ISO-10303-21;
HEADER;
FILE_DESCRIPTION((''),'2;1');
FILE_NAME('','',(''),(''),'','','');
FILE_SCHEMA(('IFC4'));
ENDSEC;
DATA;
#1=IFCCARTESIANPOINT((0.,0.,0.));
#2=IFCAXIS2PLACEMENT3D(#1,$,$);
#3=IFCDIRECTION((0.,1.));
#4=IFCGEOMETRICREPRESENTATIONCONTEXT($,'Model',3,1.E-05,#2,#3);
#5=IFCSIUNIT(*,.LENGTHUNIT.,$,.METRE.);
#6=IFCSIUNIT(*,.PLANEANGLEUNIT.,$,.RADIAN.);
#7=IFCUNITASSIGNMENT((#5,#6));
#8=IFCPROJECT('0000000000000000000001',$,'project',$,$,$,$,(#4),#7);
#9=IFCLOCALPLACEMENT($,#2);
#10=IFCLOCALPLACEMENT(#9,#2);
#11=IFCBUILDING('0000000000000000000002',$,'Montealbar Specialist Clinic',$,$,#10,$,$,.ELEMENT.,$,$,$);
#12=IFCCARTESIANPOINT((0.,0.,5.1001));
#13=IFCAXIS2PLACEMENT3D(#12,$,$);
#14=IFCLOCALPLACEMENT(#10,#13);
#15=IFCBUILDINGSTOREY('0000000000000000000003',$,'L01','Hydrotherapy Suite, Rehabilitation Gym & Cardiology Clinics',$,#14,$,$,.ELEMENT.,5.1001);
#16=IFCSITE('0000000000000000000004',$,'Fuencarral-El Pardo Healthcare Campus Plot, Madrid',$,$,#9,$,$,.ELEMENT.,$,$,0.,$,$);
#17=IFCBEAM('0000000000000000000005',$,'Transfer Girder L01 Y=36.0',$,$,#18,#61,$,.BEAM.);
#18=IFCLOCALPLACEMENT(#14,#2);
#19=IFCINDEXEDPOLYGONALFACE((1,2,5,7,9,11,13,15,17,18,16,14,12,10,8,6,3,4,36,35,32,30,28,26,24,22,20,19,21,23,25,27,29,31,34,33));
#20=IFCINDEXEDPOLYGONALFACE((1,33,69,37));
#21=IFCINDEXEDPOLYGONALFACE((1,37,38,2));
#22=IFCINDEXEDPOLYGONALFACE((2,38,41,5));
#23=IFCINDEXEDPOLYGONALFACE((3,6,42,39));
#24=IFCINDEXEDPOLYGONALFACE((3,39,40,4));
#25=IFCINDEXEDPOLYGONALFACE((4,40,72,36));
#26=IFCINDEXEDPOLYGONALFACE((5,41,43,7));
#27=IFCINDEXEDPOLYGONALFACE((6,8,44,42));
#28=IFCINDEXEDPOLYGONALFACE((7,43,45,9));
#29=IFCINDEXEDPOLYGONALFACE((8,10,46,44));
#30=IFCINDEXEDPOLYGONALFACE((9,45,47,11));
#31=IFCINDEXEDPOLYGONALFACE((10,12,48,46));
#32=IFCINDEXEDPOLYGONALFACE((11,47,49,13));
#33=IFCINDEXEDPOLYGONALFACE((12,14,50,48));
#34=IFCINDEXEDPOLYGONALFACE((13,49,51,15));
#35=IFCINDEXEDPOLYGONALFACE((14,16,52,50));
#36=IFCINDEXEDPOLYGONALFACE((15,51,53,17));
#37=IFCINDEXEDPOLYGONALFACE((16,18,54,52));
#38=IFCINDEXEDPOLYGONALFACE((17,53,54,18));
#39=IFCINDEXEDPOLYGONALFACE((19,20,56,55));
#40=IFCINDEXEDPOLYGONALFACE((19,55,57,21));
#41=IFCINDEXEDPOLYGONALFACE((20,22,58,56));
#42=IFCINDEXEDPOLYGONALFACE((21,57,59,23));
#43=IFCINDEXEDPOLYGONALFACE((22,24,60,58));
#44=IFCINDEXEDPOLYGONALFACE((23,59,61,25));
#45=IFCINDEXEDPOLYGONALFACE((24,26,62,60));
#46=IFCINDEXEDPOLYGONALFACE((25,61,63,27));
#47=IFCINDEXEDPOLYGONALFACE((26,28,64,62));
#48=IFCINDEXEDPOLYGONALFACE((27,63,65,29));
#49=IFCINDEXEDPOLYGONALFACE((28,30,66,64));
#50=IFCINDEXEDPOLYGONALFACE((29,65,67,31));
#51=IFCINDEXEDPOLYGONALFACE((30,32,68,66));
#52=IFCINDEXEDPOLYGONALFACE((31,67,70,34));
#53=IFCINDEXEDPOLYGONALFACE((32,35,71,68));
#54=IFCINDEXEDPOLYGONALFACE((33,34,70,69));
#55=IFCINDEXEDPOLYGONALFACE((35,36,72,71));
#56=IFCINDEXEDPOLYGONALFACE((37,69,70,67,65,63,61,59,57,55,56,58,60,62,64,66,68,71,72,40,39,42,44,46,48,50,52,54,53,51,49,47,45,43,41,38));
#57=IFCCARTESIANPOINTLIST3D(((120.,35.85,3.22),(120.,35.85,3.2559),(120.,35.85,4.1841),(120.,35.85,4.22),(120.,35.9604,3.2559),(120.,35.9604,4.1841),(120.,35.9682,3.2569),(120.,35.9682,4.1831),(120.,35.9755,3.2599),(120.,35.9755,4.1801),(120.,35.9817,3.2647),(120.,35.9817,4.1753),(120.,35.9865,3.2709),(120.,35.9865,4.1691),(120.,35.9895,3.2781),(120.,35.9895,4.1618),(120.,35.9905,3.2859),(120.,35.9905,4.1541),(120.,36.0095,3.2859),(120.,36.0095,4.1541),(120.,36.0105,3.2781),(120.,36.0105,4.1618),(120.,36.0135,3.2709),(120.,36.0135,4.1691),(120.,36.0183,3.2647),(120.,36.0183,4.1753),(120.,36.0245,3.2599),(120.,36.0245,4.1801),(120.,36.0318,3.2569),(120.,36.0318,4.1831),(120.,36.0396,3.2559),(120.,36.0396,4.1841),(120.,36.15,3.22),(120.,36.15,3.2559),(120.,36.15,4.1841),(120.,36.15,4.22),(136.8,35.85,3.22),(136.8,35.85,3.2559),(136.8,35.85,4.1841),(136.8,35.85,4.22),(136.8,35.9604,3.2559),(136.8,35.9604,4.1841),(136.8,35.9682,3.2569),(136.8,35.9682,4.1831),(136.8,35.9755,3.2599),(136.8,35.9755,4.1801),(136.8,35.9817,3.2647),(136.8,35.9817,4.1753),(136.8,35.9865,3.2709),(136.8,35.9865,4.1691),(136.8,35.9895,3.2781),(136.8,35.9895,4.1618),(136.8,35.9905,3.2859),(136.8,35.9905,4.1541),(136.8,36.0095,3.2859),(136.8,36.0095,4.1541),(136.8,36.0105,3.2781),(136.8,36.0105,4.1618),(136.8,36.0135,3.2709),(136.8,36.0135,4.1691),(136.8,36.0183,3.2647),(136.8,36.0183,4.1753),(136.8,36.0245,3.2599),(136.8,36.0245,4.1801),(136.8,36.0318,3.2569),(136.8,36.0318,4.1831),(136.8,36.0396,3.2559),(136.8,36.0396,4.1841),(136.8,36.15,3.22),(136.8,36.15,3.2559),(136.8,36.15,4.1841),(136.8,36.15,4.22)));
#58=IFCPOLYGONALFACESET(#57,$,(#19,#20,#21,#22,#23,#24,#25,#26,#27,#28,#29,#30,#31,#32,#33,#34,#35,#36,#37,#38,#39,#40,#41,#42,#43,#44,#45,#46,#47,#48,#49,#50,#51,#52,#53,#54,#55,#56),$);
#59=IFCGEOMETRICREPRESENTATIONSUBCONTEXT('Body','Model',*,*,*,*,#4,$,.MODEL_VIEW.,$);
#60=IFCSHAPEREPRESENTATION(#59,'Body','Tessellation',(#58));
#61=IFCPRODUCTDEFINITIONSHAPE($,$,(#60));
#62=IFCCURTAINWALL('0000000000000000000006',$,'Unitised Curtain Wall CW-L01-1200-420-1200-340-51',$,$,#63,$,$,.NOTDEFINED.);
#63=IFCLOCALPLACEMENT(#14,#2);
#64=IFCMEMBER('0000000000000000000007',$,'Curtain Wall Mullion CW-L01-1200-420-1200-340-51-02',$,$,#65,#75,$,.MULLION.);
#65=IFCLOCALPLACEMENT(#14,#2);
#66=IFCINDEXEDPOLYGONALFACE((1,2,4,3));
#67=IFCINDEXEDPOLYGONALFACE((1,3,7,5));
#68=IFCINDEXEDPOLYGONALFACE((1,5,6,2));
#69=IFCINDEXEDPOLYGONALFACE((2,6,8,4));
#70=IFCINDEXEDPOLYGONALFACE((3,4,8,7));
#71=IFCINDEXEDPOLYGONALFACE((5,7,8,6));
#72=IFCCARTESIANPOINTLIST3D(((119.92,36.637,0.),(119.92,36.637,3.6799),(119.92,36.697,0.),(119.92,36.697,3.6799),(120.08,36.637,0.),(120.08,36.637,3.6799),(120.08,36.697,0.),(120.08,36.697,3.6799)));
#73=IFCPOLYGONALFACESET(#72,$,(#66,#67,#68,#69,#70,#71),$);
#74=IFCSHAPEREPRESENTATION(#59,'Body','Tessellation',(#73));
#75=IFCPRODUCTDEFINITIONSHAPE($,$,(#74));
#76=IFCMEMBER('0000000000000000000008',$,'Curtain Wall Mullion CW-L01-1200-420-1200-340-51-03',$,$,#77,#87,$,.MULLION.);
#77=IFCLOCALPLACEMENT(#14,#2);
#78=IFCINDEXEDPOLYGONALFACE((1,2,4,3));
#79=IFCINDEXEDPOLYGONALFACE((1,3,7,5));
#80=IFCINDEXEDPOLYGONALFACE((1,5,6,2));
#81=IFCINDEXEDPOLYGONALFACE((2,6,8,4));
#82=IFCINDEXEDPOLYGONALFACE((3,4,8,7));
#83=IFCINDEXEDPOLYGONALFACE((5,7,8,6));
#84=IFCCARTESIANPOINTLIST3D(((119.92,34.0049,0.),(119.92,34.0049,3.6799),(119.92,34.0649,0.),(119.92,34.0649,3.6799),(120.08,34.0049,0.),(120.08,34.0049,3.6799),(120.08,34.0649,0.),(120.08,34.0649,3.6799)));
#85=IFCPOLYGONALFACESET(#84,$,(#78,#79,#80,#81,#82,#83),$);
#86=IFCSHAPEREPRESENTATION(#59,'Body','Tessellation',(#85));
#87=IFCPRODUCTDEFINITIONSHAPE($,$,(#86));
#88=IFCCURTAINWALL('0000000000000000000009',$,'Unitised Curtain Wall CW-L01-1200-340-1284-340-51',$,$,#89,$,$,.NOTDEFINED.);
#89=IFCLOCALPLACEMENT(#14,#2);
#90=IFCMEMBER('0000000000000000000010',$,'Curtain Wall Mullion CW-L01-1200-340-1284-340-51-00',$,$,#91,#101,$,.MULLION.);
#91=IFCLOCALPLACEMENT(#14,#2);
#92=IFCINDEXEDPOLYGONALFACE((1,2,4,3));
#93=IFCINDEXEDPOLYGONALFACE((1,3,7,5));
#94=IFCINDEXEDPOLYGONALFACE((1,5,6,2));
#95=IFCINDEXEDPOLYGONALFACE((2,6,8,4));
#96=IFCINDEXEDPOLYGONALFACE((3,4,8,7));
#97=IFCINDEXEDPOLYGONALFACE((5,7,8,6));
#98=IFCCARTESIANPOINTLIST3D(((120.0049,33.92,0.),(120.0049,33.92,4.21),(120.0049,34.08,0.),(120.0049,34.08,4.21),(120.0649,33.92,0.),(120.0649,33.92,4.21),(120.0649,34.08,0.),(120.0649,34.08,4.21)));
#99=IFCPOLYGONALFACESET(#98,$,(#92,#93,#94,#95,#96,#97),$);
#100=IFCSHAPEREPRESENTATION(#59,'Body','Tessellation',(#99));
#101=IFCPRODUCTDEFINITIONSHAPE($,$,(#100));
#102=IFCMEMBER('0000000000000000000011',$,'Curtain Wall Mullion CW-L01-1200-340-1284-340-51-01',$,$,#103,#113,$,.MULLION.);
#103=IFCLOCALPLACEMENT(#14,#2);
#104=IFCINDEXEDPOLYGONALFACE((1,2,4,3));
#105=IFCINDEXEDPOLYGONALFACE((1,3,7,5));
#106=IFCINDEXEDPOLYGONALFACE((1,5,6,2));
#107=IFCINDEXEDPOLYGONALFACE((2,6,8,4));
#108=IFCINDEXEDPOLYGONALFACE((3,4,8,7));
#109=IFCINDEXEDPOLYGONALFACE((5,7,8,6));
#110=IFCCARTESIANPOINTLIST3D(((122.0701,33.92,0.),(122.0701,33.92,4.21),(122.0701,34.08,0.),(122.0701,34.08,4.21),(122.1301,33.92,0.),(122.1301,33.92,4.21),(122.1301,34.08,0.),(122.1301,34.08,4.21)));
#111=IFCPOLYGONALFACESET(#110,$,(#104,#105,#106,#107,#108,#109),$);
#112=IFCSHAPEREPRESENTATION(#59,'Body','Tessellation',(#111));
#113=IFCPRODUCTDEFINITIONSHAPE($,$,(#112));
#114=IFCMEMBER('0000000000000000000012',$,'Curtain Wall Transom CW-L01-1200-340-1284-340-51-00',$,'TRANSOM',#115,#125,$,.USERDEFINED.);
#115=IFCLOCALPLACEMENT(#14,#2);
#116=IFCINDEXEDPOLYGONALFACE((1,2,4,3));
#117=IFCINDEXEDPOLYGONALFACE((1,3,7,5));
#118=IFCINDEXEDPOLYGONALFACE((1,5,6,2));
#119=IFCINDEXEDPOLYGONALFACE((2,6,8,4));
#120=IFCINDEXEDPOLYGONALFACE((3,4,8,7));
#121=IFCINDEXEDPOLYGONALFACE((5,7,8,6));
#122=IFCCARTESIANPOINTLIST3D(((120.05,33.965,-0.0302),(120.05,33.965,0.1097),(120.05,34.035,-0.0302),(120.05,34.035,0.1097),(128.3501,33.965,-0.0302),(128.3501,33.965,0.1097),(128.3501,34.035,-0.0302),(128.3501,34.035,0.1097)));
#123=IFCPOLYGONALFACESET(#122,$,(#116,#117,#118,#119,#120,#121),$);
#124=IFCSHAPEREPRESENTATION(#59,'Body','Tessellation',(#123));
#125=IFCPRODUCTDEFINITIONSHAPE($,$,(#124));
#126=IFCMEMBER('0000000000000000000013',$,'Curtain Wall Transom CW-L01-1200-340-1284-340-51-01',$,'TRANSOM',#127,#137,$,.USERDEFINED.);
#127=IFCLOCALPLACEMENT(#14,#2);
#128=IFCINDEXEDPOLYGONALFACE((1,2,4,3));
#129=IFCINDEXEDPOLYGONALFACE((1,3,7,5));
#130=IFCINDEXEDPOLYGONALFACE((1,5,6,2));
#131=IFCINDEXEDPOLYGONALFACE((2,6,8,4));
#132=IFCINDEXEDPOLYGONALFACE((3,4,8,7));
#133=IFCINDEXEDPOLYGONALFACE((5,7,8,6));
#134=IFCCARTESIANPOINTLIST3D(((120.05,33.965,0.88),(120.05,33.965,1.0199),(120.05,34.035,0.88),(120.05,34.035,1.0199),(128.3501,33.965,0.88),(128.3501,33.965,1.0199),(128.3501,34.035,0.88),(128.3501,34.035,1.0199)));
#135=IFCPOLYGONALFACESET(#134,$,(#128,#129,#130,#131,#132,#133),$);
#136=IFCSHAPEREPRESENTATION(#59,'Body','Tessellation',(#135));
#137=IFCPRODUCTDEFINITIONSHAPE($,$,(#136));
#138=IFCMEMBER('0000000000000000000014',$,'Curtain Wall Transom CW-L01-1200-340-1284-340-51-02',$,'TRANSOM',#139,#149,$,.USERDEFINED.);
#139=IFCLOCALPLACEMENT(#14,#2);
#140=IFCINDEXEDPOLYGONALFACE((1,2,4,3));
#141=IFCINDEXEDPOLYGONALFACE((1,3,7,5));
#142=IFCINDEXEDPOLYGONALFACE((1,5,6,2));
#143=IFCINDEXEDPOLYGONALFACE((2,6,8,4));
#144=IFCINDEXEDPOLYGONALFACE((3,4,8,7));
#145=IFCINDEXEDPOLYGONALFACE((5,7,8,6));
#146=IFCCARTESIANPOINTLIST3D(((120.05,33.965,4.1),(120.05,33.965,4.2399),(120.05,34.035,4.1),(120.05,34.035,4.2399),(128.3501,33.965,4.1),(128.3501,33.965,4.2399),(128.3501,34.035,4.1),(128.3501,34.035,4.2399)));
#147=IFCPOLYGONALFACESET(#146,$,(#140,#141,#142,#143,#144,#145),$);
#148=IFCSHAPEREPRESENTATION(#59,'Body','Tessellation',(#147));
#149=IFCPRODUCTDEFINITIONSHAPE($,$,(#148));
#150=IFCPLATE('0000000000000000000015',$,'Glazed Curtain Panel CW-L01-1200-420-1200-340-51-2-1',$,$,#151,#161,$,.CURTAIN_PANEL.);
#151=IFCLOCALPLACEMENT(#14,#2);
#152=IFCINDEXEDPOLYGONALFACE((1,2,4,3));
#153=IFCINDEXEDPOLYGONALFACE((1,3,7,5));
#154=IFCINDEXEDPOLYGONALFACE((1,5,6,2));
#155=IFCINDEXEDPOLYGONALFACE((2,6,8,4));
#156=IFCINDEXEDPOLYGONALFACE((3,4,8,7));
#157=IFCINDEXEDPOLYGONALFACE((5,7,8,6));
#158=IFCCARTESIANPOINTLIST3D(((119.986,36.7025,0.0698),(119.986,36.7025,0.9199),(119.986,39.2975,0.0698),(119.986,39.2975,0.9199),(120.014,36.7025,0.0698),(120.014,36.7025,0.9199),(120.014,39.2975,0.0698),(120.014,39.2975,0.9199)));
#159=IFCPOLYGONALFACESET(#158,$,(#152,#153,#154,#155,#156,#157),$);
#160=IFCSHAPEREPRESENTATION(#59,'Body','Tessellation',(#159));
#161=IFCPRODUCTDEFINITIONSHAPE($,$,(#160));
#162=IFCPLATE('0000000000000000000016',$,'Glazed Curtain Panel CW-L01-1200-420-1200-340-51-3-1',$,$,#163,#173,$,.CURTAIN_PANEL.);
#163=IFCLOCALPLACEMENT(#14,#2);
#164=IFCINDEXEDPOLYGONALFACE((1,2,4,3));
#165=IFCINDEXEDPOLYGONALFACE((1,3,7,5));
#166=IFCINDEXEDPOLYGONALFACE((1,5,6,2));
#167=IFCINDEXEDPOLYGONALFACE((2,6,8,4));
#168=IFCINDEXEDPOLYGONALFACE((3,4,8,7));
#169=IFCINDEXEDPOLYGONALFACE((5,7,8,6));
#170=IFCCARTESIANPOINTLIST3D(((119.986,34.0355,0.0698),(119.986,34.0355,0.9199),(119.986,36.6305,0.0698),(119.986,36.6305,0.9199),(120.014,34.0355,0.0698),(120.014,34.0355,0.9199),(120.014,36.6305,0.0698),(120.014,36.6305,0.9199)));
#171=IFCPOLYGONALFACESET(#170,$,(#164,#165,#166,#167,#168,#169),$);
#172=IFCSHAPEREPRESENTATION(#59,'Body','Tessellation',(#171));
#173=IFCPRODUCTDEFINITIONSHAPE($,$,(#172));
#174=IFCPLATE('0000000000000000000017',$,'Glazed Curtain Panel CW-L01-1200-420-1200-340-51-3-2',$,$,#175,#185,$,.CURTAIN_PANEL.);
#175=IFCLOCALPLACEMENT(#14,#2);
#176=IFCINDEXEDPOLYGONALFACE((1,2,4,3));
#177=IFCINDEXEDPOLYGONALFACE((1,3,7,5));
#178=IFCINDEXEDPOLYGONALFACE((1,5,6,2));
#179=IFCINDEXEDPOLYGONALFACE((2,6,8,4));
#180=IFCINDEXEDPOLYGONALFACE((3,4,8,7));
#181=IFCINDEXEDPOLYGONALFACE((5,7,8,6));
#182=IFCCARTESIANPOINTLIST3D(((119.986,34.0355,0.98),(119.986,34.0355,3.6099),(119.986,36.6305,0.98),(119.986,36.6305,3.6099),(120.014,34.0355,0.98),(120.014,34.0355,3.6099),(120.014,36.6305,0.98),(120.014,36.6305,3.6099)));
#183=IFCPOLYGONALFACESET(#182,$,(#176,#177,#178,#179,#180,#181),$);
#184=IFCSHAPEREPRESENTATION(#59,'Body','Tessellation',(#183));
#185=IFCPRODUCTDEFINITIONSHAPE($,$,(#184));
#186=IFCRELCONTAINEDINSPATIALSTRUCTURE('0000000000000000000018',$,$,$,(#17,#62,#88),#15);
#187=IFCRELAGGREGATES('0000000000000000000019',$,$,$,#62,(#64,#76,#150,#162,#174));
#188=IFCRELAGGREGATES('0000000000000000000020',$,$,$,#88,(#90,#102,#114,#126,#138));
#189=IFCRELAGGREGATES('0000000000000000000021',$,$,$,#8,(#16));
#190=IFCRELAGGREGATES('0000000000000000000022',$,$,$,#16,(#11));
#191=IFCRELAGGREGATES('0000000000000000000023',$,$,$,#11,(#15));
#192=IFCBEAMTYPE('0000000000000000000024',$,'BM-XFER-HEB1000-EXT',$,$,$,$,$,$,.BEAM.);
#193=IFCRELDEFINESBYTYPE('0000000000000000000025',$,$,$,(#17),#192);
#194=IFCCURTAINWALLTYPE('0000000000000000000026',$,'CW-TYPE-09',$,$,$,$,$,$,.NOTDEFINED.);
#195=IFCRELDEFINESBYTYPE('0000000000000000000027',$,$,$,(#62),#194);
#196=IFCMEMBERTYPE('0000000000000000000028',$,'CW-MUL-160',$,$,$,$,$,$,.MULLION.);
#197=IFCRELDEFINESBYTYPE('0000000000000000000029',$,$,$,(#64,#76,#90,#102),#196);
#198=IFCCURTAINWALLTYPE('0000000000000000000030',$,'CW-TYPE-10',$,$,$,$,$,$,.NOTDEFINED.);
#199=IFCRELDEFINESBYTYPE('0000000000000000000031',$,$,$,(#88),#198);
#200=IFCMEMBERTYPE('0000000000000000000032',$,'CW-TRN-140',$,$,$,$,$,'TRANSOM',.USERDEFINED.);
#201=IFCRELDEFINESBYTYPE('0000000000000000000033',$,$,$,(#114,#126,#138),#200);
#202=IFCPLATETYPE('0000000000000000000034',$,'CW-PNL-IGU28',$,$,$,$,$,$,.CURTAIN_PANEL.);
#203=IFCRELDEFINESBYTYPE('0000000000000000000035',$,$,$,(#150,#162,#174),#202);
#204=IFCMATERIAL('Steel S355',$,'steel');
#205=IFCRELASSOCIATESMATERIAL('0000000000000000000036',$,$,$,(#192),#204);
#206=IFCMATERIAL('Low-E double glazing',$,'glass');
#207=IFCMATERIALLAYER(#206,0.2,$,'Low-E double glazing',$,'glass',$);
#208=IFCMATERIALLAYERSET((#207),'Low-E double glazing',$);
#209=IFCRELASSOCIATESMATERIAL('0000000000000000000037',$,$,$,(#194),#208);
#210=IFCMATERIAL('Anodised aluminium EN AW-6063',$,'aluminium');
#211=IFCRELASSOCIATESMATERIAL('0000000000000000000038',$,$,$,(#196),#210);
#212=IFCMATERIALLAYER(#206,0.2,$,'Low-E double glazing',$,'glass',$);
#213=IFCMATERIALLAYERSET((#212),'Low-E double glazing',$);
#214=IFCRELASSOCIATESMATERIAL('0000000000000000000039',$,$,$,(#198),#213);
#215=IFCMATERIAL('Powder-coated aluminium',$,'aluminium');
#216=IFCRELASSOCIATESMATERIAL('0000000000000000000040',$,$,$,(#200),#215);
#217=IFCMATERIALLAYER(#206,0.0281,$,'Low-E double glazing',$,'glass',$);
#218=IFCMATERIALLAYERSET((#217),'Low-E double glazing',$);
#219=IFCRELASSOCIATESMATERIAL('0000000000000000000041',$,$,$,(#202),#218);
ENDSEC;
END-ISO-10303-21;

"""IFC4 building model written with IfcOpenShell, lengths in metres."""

from ifc_helpers import new_model, si_unit, direction, frame, origin, origin_2d, place, context, subcontext, project, spatial, rectangle, i_section, extrude, material, layer, layer_set, material_profile, profile_set, type_object, element, aggregate, save


model = new_model("IFC4")

# Units and contexts
model_context = context("Model", 3, precision=1e-05, world=origin(), true_north=direction((0.0, 1.0)))
body_context = subcontext(model_context, "Body", "Model", "MODEL_VIEW")
ifc_project = project(units=[si_unit("LENGTHUNIT", "METRE"), si_unit("PLANEANGLEUNIT", "RADIAN")], contexts=[model_context])

# Site, building, storey
site_placement = place(None, origin())
site = spatial("IfcSite", under=ifc_project, at=site_placement, Name="Fuencarral-El Pardo Healthcare Campus Plot, Madrid", CompositionType="ELEMENT", RefElevation=0.0)
building_placement = place(site_placement, origin())
building = spatial("IfcBuilding", under=site, at=building_placement, Name="Montealbar Specialist Clinic", CompositionType="ELEMENT")
storey_placement = place(building_placement, frame((0.0, 0.0, 5.1001)))
storey = spatial("IfcBuildingStorey", under=building, at=storey_placement, Name="L01", Description="Hydrotherapy Suite, Rehabilitation Gym & Cardiology Clinics", CompositionType="ELEMENT", Elevation=5.1001)

# Shared definitions
ifc_material_1 = material(Name="Steel S355", Category="steel")

# Beam
ifc_material_profile_1 = material_profile(ifc_material_1, i_section(OverallWidth=0.3, OverallDepth=1.0, WebThickness=0.019, FlangeThickness=0.0359, FilletRadius=0.03, at=origin_2d()), Name="HEB 1000", Category="steel")
ifc_profile_set_1 = profile_set([ifc_material_profile_1], Name="Steel S355")
beam_type_1 = type_object("IfcBeamType", Name="BM-XFER-HEB1000-EXT", PredefinedType="BEAM", material=ifc_profile_set_1)
beam_1_placement = place(storey_placement, frame((120.0, 36.0, 3.72), z_axis=(1.0, 0.0, 0.0), x_axis=(0.0, 1.0, 0.0)))
element("IfcBeam", 1, at=beam_1_placement, inside=storey, type_object=beam_type_1, Name="Transfer Girder L01 Y=36.0", PredefinedType="BEAM", context=body_context, shape_type="SweptSolid", body=[
    extrude(i_section(OverallWidth=0.3, OverallDepth=1.0, WebThickness=0.019, FlangeThickness=0.0359, FilletRadius=0.03, at=origin_2d()), origin(), (0.0, 0.0, 1.0), 16.8),
])

# Curtain walls, members
ifc_material_2 = material(Name="Low-E double glazing", Category="glass")
ifc_layer_1 = layer(ifc_material_2, 0.2, Name="Low-E double glazing", Category="glass")
ifc_layer_set_1 = layer_set([ifc_layer_1], Name="Low-E double glazing")
curtain_wall_type_1 = type_object("IfcCurtainWallType", Name="CW-TYPE-09", PredefinedType="NOTDEFINED", material=ifc_layer_set_1)
curtain_wall_1_placement = place(storey_placement, origin())
curtain_wall_1 = element("IfcCurtainWall", 2, at=curtain_wall_1_placement, inside=storey, type_object=curtain_wall_type_1, Name="Unitised Curtain Wall CW-L01-1200-420-1200-340-51", PredefinedType="NOTDEFINED")
ifc_material_3 = material(Name="Anodised aluminium EN AW-6063", Category="aluminium")
ifc_material_profile_2 = material_profile(ifc_material_3, rectangle(XDim=0.0601, YDim=0.1599, at=origin_2d()), Name="ALU 60x160", Category="aluminium")
ifc_profile_set_2 = profile_set([ifc_material_profile_2], Name="Anodised aluminium EN AW-6063")
member_type_1 = type_object("IfcMemberType", Name="CW-MUL-160", PredefinedType="MULLION", material=ifc_profile_set_2)
member_1_placement = place(storey_placement, frame((120.0, 36.667, 0.0), z_axis=(0.0, 0.0, 1.0), x_axis=(0.0, -1.0, 0.0)))
member_1 = element("IfcMember", 3, at=member_1_placement, type_object=member_type_1, Name="Curtain Wall Mullion CW-L01-1200-420-1200-340-51-02", PredefinedType="MULLION", context=body_context, shape_type="SweptSolid", body=[
    extrude(rectangle(XDim=0.0601, YDim=0.1599, at=origin_2d()), origin(), (0.0, 0.0, 1.0), 3.6799),
])
member_2_placement = place(storey_placement, frame((120.0, 34.0349, 0.0), z_axis=(0.0, 0.0, 1.0), x_axis=(0.0, -1.0, 0.0)))
member_2 = element("IfcMember", 4, at=member_2_placement, type_object=member_type_1, Name="Curtain Wall Mullion CW-L01-1200-420-1200-340-51-03", PredefinedType="MULLION", context=body_context, shape_type="SweptSolid", body=[
    extrude(rectangle(XDim=0.0601, YDim=0.1599, at=origin_2d()), origin(), (0.0, 0.0, 1.0), 3.6799),
])
ifc_layer_2 = layer(ifc_material_2, 0.2, Name="Low-E double glazing", Category="glass")
ifc_layer_set_2 = layer_set([ifc_layer_2], Name="Low-E double glazing")
curtain_wall_type_2 = type_object("IfcCurtainWallType", Name="CW-TYPE-10", PredefinedType="NOTDEFINED", material=ifc_layer_set_2)
curtain_wall_2_placement = place(storey_placement, origin())
curtain_wall_2 = element("IfcCurtainWall", 5, at=curtain_wall_2_placement, inside=storey, type_object=curtain_wall_type_2, Name="Unitised Curtain Wall CW-L01-1200-340-1284-340-51", PredefinedType="NOTDEFINED")
member_3_placement = place(storey_placement, frame((120.0349, 34.0, 0.0), z_axis=(0.0, 0.0, 1.0), x_axis=(1.0, 0.0, 0.0)))
member_3 = element("IfcMember", 6, at=member_3_placement, type_object=member_type_1, Name="Curtain Wall Mullion CW-L01-1200-340-1284-340-51-00", PredefinedType="MULLION", context=body_context, shape_type="SweptSolid", body=[
    extrude(rectangle(XDim=0.0601, YDim=0.1599, at=origin_2d()), origin(), (0.0, 0.0, 1.0), 4.21),
])
member_4_placement = place(storey_placement, frame((122.1001, 34.0, 0.0), z_axis=(0.0, 0.0, 1.0), x_axis=(1.0, 0.0, 0.0)))
member_4 = element("IfcMember", 7, at=member_4_placement, type_object=member_type_1, Name="Curtain Wall Mullion CW-L01-1200-340-1284-340-51-01", PredefinedType="MULLION", context=body_context, shape_type="SweptSolid", body=[
    extrude(rectangle(XDim=0.0601, YDim=0.1599, at=origin_2d()), origin(), (0.0, 0.0, 1.0), 4.21),
])
ifc_material_4 = material(Name="Powder-coated aluminium", Category="aluminium")
ifc_material_profile_3 = material_profile(ifc_material_4, rectangle(XDim=0.0701, YDim=0.1399, at=origin_2d()), Name="ALU 70x140", Category="aluminium")
ifc_profile_set_3 = profile_set([ifc_material_profile_3], Name="Powder-coated aluminium")
member_type_2 = type_object("IfcMemberType", Name="CW-TRN-140", ElementType="TRANSOM", PredefinedType="USERDEFINED", material=ifc_profile_set_3)
member_5_placement = place(storey_placement, frame((120.05, 34.0, 0.0398), z_axis=(1.0, 0.0, 0.0), x_axis=(0.0, 1.0, 0.0)))
member_5 = element("IfcMember", 8, at=member_5_placement, type_object=member_type_2, Name="Curtain Wall Transom CW-L01-1200-340-1284-340-51-00", ObjectType="TRANSOM", PredefinedType="USERDEFINED", context=body_context, shape_type="SweptSolid", body=[
    extrude(rectangle(XDim=0.0701, YDim=0.1399, at=origin_2d()), origin(), (0.0, 0.0, 1.0), 8.3),
])
member_6_placement = place(storey_placement, frame((120.05, 34.0, 0.95), z_axis=(1.0, 0.0, 0.0), x_axis=(0.0, 1.0, 0.0)))
member_6 = element("IfcMember", 9, at=member_6_placement, type_object=member_type_2, Name="Curtain Wall Transom CW-L01-1200-340-1284-340-51-01", ObjectType="TRANSOM", PredefinedType="USERDEFINED", context=body_context, shape_type="SweptSolid", body=[
    extrude(rectangle(XDim=0.0701, YDim=0.1399, at=origin_2d()), origin(), (0.0, 0.0, 1.0), 8.3),
])
member_7_placement = place(storey_placement, frame((120.05, 34.0, 4.1699), z_axis=(1.0, 0.0, 0.0), x_axis=(0.0, 1.0, 0.0)))
member_7 = element("IfcMember", 10, at=member_7_placement, type_object=member_type_2, Name="Curtain Wall Transom CW-L01-1200-340-1284-340-51-02", ObjectType="TRANSOM", PredefinedType="USERDEFINED", context=body_context, shape_type="SweptSolid", body=[
    extrude(rectangle(XDim=0.0701, YDim=0.1399, at=origin_2d()), origin(), (0.0, 0.0, 1.0), 8.3),
])

# Plates
ifc_layer_3 = layer(ifc_material_2, 0.0281, Name="Low-E double glazing", Category="glass")
ifc_layer_set_3 = layer_set([ifc_layer_3], Name="Low-E double glazing")
plate_type = type_object("IfcPlateType", Name="CW-PNL-IGU28", PredefinedType="CURTAIN_PANEL", material=ifc_layer_set_3)
plate_1_placement = place(storey_placement, frame((120.0, 38.0, 0.0698), z_axis=(0.0, 0.0, 1.0), x_axis=(0.0, -1.0, 0.0)))
plate_1 = element("IfcPlate", 11, at=plate_1_placement, type_object=plate_type, Name="Glazed Curtain Panel CW-L01-1200-420-1200-340-51-2-1", PredefinedType="CURTAIN_PANEL", context=body_context, shape_type="SweptSolid", body=[
    extrude(rectangle(XDim=2.595, YDim=0.0281, at=origin_2d()), origin(), (0.0, 0.0, 1.0), 0.8501),
])
plate_2_placement = place(storey_placement, frame((120.0, 35.333, 0.0698), z_axis=(0.0, 0.0, 1.0), x_axis=(0.0, -1.0, 0.0)))
plate_2 = element("IfcPlate", 12, at=plate_2_placement, type_object=plate_type, Name="Glazed Curtain Panel CW-L01-1200-420-1200-340-51-3-1", PredefinedType="CURTAIN_PANEL", context=body_context, shape_type="SweptSolid", body=[
    extrude(rectangle(XDim=2.595, YDim=0.0281, at=origin_2d()), origin(), (0.0, 0.0, 1.0), 0.8501),
])
plate_3_placement = place(storey_placement, frame((120.0, 35.333, 0.98), z_axis=(0.0, 0.0, 1.0), x_axis=(0.0, -1.0, 0.0)))
plate_3 = element("IfcPlate", 13, at=plate_3_placement, type_object=plate_type, Name="Glazed Curtain Panel CW-L01-1200-420-1200-340-51-3-2", PredefinedType="CURTAIN_PANEL", context=body_context, shape_type="SweptSolid", body=[
    extrude(rectangle(XDim=2.595, YDim=0.0281, at=origin_2d()), origin(), (0.0, 0.0, 1.0), 2.6299),
])
aggregate(curtain_wall_1, [member_1, member_2, plate_1, plate_2, plate_3])
aggregate(curtain_wall_2, [member_3, member_4, member_5, member_6, member_7])

save(model, "model.ifc")
